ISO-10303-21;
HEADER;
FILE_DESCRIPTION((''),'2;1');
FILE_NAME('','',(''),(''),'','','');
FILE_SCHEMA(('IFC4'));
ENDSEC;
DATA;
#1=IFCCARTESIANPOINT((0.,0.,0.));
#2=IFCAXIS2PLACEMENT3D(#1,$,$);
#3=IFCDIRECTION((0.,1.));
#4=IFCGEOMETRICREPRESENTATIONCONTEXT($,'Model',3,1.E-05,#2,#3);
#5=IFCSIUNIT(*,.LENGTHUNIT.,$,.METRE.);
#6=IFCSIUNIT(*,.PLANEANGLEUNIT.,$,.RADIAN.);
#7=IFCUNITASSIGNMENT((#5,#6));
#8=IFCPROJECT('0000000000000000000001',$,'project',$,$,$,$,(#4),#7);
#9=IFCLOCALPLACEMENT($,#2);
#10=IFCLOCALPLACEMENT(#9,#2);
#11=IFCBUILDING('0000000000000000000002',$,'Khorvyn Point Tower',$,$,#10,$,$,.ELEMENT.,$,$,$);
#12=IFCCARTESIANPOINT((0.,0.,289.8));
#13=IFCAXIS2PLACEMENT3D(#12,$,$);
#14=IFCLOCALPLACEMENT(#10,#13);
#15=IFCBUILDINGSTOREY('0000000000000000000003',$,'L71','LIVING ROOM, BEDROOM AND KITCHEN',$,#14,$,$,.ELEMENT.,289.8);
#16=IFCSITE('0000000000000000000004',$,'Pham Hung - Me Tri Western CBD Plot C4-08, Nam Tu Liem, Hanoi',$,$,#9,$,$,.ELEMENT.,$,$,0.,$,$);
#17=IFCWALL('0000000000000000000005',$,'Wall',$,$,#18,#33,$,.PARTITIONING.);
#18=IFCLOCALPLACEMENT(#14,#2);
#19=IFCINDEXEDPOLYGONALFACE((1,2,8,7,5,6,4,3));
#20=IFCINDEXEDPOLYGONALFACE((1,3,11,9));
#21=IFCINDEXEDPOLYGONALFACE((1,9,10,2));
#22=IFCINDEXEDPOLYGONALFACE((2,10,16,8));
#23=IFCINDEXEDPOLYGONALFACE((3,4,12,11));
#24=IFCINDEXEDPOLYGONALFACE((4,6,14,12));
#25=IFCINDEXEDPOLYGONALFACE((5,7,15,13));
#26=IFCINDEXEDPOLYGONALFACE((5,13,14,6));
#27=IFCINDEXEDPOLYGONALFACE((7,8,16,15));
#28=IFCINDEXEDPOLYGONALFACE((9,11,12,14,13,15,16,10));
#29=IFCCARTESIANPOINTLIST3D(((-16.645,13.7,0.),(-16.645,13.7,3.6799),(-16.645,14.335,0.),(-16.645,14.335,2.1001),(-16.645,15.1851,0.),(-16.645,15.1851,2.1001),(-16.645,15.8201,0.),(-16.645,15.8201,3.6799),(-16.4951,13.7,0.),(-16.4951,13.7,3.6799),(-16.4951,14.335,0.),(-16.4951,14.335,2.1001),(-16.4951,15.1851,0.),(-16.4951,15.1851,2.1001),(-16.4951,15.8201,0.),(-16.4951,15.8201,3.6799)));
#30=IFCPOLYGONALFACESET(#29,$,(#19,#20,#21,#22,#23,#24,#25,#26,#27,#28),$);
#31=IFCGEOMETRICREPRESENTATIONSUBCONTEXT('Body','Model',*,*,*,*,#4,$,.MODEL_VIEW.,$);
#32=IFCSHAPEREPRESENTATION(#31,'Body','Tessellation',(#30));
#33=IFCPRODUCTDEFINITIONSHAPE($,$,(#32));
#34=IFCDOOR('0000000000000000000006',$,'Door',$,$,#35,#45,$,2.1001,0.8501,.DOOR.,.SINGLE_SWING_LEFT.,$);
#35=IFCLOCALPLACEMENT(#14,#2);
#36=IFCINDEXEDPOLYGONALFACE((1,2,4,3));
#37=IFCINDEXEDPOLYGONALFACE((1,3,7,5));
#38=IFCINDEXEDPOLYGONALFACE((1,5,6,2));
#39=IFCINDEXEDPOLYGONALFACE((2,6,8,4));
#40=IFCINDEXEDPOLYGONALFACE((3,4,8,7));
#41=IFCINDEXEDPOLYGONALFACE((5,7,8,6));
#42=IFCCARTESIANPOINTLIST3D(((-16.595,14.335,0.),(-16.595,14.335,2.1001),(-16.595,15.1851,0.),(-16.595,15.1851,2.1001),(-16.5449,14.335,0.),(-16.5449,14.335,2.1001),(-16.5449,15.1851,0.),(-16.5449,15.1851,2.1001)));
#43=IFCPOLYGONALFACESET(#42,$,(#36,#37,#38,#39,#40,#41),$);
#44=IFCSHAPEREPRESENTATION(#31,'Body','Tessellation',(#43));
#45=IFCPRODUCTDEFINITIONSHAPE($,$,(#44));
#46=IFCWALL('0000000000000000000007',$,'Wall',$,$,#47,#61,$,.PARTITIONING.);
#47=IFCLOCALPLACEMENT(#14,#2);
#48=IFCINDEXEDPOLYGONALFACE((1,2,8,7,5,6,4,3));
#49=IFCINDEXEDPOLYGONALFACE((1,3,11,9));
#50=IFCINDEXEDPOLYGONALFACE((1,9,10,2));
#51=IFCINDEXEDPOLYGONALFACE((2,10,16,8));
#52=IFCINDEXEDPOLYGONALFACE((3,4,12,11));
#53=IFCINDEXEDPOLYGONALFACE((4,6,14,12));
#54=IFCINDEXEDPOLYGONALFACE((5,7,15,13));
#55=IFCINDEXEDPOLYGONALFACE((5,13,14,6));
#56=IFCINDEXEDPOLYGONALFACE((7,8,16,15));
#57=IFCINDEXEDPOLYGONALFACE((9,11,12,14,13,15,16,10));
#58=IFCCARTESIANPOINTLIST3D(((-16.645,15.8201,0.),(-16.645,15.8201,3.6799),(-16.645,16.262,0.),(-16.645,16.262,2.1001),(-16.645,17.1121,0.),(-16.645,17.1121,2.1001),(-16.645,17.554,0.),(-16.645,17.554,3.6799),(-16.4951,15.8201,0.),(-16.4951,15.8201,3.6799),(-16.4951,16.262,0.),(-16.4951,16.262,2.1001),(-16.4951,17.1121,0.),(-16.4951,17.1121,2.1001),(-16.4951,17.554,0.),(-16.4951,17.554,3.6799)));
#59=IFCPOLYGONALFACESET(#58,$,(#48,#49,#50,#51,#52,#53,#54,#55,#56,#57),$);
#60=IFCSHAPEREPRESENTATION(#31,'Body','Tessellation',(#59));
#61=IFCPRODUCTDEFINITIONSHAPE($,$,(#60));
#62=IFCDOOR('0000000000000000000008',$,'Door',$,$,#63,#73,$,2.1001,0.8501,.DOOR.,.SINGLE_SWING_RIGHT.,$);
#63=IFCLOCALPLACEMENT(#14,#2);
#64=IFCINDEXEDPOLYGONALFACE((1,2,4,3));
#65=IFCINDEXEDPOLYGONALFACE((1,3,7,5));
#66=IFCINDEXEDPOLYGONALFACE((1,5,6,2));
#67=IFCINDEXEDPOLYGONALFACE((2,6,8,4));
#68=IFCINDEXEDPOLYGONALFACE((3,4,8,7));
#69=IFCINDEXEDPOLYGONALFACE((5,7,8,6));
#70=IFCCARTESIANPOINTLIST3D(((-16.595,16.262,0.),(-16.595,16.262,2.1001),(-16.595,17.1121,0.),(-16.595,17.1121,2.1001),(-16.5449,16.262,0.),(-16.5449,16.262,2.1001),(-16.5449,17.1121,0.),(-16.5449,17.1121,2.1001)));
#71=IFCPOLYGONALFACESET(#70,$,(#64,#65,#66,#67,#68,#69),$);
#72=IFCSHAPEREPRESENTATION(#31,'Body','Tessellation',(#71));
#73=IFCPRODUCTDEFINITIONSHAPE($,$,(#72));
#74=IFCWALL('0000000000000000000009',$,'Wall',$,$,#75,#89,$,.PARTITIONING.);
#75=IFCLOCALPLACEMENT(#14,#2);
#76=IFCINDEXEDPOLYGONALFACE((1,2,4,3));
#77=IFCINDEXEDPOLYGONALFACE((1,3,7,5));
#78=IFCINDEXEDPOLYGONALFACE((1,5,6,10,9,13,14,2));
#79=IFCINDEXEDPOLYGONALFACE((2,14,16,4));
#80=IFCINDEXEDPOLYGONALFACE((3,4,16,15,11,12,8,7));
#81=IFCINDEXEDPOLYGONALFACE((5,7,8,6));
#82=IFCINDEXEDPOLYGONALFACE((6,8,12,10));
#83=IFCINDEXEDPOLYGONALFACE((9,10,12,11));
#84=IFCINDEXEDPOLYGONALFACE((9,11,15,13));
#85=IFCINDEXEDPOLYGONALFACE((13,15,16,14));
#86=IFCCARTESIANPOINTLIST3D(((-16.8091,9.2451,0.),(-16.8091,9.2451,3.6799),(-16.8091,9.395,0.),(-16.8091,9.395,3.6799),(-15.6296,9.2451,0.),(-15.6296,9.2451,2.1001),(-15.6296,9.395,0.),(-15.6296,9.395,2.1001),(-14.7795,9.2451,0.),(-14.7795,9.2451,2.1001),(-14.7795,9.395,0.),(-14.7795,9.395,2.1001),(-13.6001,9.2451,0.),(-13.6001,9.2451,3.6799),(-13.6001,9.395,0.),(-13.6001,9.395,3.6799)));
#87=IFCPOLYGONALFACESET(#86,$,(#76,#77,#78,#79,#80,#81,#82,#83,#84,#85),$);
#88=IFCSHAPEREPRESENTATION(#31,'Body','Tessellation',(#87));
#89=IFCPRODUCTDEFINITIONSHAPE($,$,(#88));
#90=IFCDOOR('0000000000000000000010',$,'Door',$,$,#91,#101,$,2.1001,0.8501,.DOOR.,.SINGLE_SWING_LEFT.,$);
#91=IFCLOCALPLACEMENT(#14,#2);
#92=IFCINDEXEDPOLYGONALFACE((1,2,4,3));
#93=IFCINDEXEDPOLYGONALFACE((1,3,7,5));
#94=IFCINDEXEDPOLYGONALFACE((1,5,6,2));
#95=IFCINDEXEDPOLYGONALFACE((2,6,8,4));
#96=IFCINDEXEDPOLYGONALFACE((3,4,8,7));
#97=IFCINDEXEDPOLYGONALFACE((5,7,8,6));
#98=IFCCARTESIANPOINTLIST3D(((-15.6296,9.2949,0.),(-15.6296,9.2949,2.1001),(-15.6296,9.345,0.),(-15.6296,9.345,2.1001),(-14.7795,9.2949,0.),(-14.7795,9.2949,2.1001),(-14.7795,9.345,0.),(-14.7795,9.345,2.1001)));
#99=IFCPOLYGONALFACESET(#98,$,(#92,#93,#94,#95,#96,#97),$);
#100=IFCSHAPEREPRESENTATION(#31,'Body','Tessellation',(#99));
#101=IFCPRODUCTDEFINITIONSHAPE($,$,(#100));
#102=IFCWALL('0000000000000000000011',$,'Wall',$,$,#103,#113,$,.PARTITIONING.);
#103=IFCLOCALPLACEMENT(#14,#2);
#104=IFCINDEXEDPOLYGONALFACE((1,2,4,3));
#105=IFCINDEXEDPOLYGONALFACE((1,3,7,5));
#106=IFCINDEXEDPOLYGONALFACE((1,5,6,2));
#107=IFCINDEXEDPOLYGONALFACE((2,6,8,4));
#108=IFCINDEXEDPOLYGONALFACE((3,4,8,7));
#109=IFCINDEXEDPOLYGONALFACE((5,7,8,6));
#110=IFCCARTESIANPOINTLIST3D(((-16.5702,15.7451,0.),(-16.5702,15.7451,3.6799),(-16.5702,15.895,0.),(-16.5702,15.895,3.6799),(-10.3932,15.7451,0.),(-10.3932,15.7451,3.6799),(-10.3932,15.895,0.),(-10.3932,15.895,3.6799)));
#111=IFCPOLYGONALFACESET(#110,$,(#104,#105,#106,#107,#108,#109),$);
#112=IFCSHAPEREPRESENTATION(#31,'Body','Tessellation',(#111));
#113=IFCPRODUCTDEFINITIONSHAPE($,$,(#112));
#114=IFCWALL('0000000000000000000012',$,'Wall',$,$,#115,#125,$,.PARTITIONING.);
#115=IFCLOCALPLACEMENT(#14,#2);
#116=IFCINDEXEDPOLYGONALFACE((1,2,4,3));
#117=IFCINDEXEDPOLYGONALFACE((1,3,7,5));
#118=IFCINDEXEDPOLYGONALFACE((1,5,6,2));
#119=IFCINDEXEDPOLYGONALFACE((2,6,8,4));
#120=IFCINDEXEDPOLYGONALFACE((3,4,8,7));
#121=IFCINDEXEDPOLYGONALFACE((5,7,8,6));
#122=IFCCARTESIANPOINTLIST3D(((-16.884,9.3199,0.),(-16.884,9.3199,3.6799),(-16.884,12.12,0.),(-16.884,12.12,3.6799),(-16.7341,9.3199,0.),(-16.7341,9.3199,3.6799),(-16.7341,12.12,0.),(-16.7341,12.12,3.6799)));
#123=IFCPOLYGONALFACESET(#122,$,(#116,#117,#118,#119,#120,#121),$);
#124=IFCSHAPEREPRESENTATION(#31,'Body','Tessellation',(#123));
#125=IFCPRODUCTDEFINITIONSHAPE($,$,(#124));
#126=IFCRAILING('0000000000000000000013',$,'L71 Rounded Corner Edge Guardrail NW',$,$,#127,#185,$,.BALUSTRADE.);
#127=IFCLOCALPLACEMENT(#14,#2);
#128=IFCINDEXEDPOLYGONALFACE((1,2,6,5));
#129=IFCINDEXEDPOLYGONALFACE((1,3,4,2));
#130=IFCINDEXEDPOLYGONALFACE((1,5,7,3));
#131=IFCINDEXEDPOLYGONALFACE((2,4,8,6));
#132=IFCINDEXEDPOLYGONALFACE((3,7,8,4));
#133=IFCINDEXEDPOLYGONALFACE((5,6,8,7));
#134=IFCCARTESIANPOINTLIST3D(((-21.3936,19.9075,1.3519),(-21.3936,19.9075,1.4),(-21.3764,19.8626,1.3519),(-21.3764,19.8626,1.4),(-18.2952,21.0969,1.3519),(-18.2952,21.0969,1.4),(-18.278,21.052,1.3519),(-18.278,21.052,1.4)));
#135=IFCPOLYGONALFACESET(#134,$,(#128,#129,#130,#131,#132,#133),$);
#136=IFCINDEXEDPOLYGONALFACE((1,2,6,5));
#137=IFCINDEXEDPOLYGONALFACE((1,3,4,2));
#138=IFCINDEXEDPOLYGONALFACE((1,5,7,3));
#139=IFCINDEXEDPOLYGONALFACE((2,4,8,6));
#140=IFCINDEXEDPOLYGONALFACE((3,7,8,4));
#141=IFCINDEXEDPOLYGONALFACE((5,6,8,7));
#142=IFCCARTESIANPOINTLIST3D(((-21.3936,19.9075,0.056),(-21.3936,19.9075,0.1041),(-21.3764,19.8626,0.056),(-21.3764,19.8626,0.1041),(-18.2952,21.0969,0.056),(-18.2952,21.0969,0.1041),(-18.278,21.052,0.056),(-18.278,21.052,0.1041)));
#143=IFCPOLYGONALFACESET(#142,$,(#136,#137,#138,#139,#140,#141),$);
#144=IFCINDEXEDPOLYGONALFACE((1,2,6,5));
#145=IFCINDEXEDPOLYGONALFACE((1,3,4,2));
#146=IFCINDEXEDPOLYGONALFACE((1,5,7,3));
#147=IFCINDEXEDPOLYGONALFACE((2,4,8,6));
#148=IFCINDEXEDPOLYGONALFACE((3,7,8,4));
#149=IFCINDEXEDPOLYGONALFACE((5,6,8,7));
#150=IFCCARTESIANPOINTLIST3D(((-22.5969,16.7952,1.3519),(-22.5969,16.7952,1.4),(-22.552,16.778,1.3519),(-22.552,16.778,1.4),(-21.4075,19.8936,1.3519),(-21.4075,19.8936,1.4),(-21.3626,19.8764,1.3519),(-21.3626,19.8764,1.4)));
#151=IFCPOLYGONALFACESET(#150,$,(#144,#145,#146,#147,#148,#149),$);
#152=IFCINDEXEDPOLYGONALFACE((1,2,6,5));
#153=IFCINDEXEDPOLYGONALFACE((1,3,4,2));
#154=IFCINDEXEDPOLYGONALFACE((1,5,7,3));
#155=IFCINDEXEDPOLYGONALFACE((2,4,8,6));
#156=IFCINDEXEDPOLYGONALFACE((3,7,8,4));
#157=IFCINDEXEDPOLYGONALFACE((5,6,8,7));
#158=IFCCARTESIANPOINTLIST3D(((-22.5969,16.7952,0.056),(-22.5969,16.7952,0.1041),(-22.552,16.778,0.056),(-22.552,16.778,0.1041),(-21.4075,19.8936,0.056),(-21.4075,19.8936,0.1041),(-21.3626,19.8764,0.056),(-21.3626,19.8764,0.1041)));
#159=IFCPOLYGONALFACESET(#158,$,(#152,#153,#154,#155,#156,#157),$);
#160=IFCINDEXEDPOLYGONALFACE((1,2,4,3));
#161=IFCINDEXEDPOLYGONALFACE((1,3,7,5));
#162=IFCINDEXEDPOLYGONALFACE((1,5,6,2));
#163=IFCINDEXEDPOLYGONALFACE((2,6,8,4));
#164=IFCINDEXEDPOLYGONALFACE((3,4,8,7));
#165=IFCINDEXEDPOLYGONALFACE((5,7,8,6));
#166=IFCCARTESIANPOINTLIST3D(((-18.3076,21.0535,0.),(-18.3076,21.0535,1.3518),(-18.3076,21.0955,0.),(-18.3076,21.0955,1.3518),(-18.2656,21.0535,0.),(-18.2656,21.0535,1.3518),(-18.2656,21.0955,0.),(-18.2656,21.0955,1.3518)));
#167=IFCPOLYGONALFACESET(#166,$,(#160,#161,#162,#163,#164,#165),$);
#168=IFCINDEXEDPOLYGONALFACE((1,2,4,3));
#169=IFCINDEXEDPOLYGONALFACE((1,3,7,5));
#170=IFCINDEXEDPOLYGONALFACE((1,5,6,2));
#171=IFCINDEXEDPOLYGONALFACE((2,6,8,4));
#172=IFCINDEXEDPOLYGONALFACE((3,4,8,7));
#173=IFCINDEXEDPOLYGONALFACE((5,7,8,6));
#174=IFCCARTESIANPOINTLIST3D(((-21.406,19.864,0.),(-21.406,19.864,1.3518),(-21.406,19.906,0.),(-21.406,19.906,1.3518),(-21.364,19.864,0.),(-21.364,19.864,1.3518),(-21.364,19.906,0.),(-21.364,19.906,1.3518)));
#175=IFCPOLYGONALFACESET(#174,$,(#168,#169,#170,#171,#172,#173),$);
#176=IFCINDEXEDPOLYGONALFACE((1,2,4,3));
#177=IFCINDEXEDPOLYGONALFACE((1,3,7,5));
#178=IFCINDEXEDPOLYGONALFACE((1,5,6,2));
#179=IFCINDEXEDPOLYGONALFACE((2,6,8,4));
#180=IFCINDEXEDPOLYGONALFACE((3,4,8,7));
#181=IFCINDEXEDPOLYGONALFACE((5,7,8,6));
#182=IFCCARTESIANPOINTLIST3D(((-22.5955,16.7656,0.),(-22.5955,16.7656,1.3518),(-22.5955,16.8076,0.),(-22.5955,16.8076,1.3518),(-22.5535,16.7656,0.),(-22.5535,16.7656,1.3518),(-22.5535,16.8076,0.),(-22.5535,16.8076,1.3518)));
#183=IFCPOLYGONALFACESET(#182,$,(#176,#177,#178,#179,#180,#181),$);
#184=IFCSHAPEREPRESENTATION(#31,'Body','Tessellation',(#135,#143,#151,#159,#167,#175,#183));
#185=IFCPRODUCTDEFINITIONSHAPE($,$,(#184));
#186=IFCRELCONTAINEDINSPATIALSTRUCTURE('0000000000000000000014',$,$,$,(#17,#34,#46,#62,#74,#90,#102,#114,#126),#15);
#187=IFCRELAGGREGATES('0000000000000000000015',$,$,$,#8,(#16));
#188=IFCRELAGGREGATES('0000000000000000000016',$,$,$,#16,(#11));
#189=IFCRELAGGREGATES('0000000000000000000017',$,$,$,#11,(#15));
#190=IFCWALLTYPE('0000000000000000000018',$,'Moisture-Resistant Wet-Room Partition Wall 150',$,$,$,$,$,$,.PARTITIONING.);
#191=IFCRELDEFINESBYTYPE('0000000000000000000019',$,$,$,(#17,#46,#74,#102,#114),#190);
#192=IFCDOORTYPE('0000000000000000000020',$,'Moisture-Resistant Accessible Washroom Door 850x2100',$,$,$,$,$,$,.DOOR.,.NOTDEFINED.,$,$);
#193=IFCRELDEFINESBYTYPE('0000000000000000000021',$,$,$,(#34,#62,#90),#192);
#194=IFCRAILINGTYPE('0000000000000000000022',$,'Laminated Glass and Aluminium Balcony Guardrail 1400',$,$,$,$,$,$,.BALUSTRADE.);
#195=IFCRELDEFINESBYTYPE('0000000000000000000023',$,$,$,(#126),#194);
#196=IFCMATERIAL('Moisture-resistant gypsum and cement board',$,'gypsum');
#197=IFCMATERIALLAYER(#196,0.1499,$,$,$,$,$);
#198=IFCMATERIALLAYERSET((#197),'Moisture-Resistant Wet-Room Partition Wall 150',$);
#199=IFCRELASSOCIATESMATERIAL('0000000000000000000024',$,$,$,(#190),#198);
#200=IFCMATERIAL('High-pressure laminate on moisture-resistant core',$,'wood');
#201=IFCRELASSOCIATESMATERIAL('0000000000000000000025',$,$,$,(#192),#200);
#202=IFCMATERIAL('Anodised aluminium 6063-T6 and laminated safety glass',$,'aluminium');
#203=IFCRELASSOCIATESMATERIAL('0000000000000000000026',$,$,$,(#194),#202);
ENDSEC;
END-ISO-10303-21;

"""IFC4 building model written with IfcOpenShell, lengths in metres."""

from ifc_helpers import new_model, si_unit, direction, frame, frame_2d, origin, origin_2d, place, context, subcontext, project, spatial, rectangle, extrude, material, layer, layer_set, type_object, element, fill, save


model = new_model("IFC4")

# Units and contexts
model_context = context("Model", 3, precision=1e-05, world=origin(), true_north=direction((0.0, 1.0)))
body_context = subcontext(model_context, "Body", "Model", "MODEL_VIEW")
ifc_project = project(units=[si_unit("LENGTHUNIT", "METRE"), si_unit("PLANEANGLEUNIT", "RADIAN")], contexts=[model_context])

# Site, building, storey
site_placement = place(None, origin())
site = spatial("IfcSite", under=ifc_project, at=site_placement, Name="Pham Hung - Me Tri Western CBD Plot C4-08, Nam Tu Liem, Hanoi", CompositionType="ELEMENT", RefElevation=0.0)
building_placement = place(site_placement, origin())
building = spatial("IfcBuilding", under=site, at=building_placement, Name="Khorvyn Point Tower", CompositionType="ELEMENT")
storey_placement = place(building_placement, frame((0.0, 0.0, 289.8)))
storey = spatial("IfcBuildingStorey", under=building, at=storey_placement, Name="L71", Description="LIVING ROOM, BEDROOM AND KITCHEN", CompositionType="ELEMENT", Elevation=289.8)

# Walls, openings, doors
ifc_material_1 = material(Name="Moisture-resistant gypsum and cement board", Category="gypsum")
ifc_layer_1 = layer(ifc_material_1, 0.1499)
ifc_layer_set_1 = layer_set([ifc_layer_1], Name="Moisture-Resistant Wet-Room Partition Wall 150")
wall_type_1 = type_object("IfcWallType", Name="Moisture-Resistant Wet-Room Partition Wall 150", PredefinedType="PARTITIONING", material=ifc_layer_set_1)
wall_1_placement = place(storey_placement, frame((-16.5701, 13.7, 0.0), z_axis=(0.0, 0.0, 1.0), x_axis=(0.0, 1.0, 0.0)))
wall_1 = element("IfcWall", 1, at=wall_1_placement, inside=storey, type_object=wall_type_1, Name="Wall", PredefinedType="PARTITIONING", context=body_context, shape_type="SweptSolid", body=[
    extrude(rectangle(XDim=2.1201, YDim=0.1499, at=frame_2d((1.0601, 0.0))), origin(), (0.0, 0.0, 1.0), 3.6799),
])
opening_1_placement = place(wall_1_placement, frame((0.635, 0.0, 0.0)))
opening_1 = element("IfcOpeningElement", 2, at=opening_1_placement, cuts=wall_1, PredefinedType="OPENING", context=body_context, shape_type="SweptSolid", body=[
    extrude(rectangle(XDim=0.8501, YDim=2.1001, at=frame_2d((0.425, 1.05))), frame((0.0, 0.085, 0.0), z_axis=(0.0, -1.0, 0.0), x_axis=(1.0, 0.0, 0.0)), (0.0, 0.0, 1.0), 0.1699),
])
ifc_material_2 = material(Name="High-pressure laminate on moisture-resistant core", Category="wood")
door_type_1 = type_object("IfcDoorType", Name="Moisture-Resistant Accessible Washroom Door 850x2100", OperationType="NOTDEFINED", PredefinedType="DOOR", material=ifc_material_2)
door_1_placement = place(opening_1_placement, origin())
door_1 = element("IfcDoor", 3, at=door_1_placement, inside=storey, type_object=door_type_1, Name="Door", OperationType="SINGLE_SWING_LEFT", OverallHeight=2.1001, OverallWidth=0.8501, PredefinedType="DOOR", context=body_context, shape_type="SweptSolid", body=[
    extrude(rectangle(XDim=0.8501, YDim=2.1001, at=frame_2d((0.425, 1.05))), frame((0.0, 0.0249, 0.0), z_axis=(0.0, -1.0, 0.0), x_axis=(1.0, 0.0, 0.0)), (0.0, 0.0, 1.0), 0.05),
])
fill(opening_1, door_1)
wall_2_placement = place(storey_placement, frame((-16.5701, 15.8201, 0.0), z_axis=(0.0, 0.0, 1.0), x_axis=(0.0, 1.0, 0.0)))
wall_2 = element("IfcWall", 4, at=wall_2_placement, inside=storey, type_object=wall_type_1, Name="Wall", PredefinedType="PARTITIONING", context=body_context, shape_type="SweptSolid", body=[
    extrude(rectangle(XDim=1.7339, YDim=0.1499, at=frame_2d((0.8669, 0.0))), origin(), (0.0, 0.0, 1.0), 3.6799),
])
opening_2_placement = place(wall_2_placement, frame((0.4419, 0.0, 0.0)))
opening_2 = element("IfcOpeningElement", 5, at=opening_2_placement, cuts=wall_2, PredefinedType="OPENING", context=body_context, shape_type="SweptSolid", body=[
    extrude(rectangle(XDim=0.8501, YDim=2.1001, at=frame_2d((0.425, 1.05))), frame((0.0, 0.085, 0.0), z_axis=(0.0, -1.0, 0.0), x_axis=(1.0, 0.0, 0.0)), (0.0, 0.0, 1.0), 0.1699),
])
door_2_placement = place(opening_2_placement, origin())
door_2 = element("IfcDoor", 6, at=door_2_placement, inside=storey, type_object=door_type_1, Name="Door", OperationType="SINGLE_SWING_RIGHT", OverallHeight=2.1001, OverallWidth=0.8501, PredefinedType="DOOR", context=body_context, shape_type="SweptSolid", body=[
    extrude(rectangle(XDim=0.8501, YDim=2.1001, at=frame_2d((0.425, 1.05))), frame((0.0, 0.0249, 0.0), z_axis=(0.0, -1.0, 0.0), x_axis=(1.0, 0.0, 0.0)), (0.0, 0.0, 1.0), 0.05),
])
fill(opening_2, door_2)
wall_3_placement = place(storey_placement, frame((-16.8091, 9.3201, 0.0), z_axis=(0.0, 0.0, 1.0), x_axis=(1.0, 0.0, 0.0)))
wall_3 = element("IfcWall", 7, at=wall_3_placement, inside=storey, type_object=wall_type_1, Name="Wall", PredefinedType="PARTITIONING", context=body_context, shape_type="SweptSolid", body=[
    extrude(rectangle(XDim=3.209, YDim=0.1499, at=frame_2d((1.6045, 0.0))), origin(), (0.0, 0.0, 1.0), 3.6799),
])
opening_3_placement = place(wall_3_placement, frame((1.1794, 0.0, 0.0)))
opening_3 = element("IfcOpeningElement", 8, at=opening_3_placement, cuts=wall_3, PredefinedType="OPENING", context=body_context, shape_type="SweptSolid", body=[
    extrude(rectangle(XDim=0.8501, YDim=2.1001, at=frame_2d((0.425, 1.05))), frame((0.0, 0.085, 0.0), z_axis=(0.0, -1.0, 0.0), x_axis=(1.0, 0.0, 0.0)), (0.0, 0.0, 1.0), 0.1699),
])
door_3_placement = place(opening_3_placement, origin())
door_3 = element("IfcDoor", 9, at=door_3_placement, inside=storey, type_object=door_type_1, Name="Door", OperationType="SINGLE_SWING_LEFT", OverallHeight=2.1001, OverallWidth=0.8501, PredefinedType="DOOR", context=body_context, shape_type="SweptSolid", body=[
    extrude(rectangle(XDim=0.8501, YDim=2.1001, at=frame_2d((0.425, 1.05))), frame((0.0, 0.0249, 0.0), z_axis=(0.0, -1.0, 0.0), x_axis=(1.0, 0.0, 0.0)), (0.0, 0.0, 1.0), 0.05),
])
fill(opening_3, door_3)

# Walls
wall_4_placement = place(storey_placement, frame((-16.5701, 15.8201, 0.0), z_axis=(0.0, 0.0, 1.0), x_axis=(1.0, 0.0, 0.0)))
element("IfcWall", 10, at=wall_4_placement, inside=storey, type_object=wall_type_1, Name="Wall", PredefinedType="PARTITIONING", context=body_context, shape_type="SweptSolid", body=[
    extrude(rectangle(XDim=6.177, YDim=0.1499, at=frame_2d((3.0884, 0.0))), origin(), (0.0, 0.0, 1.0), 3.6799),
])
wall_5_placement = place(storey_placement, frame((-16.8091, 9.3201, 0.0), z_axis=(0.0, 0.0, 1.0), x_axis=(0.0, 1.0, 0.0)))
element("IfcWall", 11, at=wall_5_placement, inside=storey, type_object=wall_type_1, Name="Wall", PredefinedType="PARTITIONING", context=body_context, shape_type="SweptSolid", body=[
    extrude(rectangle(XDim=2.8, YDim=0.1499, at=frame_2d((1.3999, 0.0))), origin(), (0.0, 0.0, 1.0), 3.6799),
])

# Railing
ifc_material_3 = material(Name="Anodised aluminium 6063-T6 and laminated safety glass", Category="aluminium")
railing_type = type_object("IfcRailingType", Name="Laminated Glass and Aluminium Balcony Guardrail 1400", PredefinedType="BALUSTRADE", material=ifc_material_3)
railing_placement = place(storey_placement, frame((-18.2866, 21.0745, 0.0)))
element("IfcRailing", 12, at=railing_placement, inside=storey, type_object=railing_type, Name="L71 Rounded Corner Edge Guardrail NW", PredefinedType="BALUSTRADE", context=body_context, shape_type="SweptSolid", body=[
    extrude(rectangle(XDim=0.0481, YDim=0.0481, at=origin_2d()), frame((0.0, 0.0, 1.376), z_axis=(-0.933571, -0.358392, 0.0), x_axis=(0.358392, -0.933571, 0.0)), (0.0, 0.0, 1.0), 3.3188),
    extrude(rectangle(XDim=0.0481, YDim=0.0481, at=origin_2d()), frame((0.0, 0.0, 0.0801), z_axis=(-0.933571, -0.358392, 0.0), x_axis=(0.358392, -0.933571, 0.0)), (0.0, 0.0, 1.0), 3.3188),
    extrude(rectangle(XDim=0.0481, YDim=0.0481, at=origin_2d()), frame((-3.0984, -1.1895, 1.376), z_axis=(-0.358392, -0.933571, 0.0), x_axis=(0.933571, -0.358392, 0.0)), (0.0, 0.0, 1.0), 3.3188),
    extrude(rectangle(XDim=0.0481, YDim=0.0481, at=origin_2d()), frame((-3.0984, -1.1895, 0.0801), z_axis=(-0.358392, -0.933571, 0.0), x_axis=(0.933571, -0.358392, 0.0)), (0.0, 0.0, 1.0), 3.3188),
    extrude(rectangle(XDim=0.042, YDim=0.042, at=origin_2d()), origin(), (0.0, 0.0, 1.0), 1.3518),
    extrude(rectangle(XDim=0.042, YDim=0.042, at=origin_2d()), frame((-3.0984, -1.1895, 0.0)), (0.0, 0.0, 1.0), 1.3518),
    extrude(rectangle(XDim=0.042, YDim=0.042, at=origin_2d()), frame((-4.2878, -4.2878, 0.0)), (0.0, 0.0, 1.0), 1.3518),
])

save(model, "model.ifc")
